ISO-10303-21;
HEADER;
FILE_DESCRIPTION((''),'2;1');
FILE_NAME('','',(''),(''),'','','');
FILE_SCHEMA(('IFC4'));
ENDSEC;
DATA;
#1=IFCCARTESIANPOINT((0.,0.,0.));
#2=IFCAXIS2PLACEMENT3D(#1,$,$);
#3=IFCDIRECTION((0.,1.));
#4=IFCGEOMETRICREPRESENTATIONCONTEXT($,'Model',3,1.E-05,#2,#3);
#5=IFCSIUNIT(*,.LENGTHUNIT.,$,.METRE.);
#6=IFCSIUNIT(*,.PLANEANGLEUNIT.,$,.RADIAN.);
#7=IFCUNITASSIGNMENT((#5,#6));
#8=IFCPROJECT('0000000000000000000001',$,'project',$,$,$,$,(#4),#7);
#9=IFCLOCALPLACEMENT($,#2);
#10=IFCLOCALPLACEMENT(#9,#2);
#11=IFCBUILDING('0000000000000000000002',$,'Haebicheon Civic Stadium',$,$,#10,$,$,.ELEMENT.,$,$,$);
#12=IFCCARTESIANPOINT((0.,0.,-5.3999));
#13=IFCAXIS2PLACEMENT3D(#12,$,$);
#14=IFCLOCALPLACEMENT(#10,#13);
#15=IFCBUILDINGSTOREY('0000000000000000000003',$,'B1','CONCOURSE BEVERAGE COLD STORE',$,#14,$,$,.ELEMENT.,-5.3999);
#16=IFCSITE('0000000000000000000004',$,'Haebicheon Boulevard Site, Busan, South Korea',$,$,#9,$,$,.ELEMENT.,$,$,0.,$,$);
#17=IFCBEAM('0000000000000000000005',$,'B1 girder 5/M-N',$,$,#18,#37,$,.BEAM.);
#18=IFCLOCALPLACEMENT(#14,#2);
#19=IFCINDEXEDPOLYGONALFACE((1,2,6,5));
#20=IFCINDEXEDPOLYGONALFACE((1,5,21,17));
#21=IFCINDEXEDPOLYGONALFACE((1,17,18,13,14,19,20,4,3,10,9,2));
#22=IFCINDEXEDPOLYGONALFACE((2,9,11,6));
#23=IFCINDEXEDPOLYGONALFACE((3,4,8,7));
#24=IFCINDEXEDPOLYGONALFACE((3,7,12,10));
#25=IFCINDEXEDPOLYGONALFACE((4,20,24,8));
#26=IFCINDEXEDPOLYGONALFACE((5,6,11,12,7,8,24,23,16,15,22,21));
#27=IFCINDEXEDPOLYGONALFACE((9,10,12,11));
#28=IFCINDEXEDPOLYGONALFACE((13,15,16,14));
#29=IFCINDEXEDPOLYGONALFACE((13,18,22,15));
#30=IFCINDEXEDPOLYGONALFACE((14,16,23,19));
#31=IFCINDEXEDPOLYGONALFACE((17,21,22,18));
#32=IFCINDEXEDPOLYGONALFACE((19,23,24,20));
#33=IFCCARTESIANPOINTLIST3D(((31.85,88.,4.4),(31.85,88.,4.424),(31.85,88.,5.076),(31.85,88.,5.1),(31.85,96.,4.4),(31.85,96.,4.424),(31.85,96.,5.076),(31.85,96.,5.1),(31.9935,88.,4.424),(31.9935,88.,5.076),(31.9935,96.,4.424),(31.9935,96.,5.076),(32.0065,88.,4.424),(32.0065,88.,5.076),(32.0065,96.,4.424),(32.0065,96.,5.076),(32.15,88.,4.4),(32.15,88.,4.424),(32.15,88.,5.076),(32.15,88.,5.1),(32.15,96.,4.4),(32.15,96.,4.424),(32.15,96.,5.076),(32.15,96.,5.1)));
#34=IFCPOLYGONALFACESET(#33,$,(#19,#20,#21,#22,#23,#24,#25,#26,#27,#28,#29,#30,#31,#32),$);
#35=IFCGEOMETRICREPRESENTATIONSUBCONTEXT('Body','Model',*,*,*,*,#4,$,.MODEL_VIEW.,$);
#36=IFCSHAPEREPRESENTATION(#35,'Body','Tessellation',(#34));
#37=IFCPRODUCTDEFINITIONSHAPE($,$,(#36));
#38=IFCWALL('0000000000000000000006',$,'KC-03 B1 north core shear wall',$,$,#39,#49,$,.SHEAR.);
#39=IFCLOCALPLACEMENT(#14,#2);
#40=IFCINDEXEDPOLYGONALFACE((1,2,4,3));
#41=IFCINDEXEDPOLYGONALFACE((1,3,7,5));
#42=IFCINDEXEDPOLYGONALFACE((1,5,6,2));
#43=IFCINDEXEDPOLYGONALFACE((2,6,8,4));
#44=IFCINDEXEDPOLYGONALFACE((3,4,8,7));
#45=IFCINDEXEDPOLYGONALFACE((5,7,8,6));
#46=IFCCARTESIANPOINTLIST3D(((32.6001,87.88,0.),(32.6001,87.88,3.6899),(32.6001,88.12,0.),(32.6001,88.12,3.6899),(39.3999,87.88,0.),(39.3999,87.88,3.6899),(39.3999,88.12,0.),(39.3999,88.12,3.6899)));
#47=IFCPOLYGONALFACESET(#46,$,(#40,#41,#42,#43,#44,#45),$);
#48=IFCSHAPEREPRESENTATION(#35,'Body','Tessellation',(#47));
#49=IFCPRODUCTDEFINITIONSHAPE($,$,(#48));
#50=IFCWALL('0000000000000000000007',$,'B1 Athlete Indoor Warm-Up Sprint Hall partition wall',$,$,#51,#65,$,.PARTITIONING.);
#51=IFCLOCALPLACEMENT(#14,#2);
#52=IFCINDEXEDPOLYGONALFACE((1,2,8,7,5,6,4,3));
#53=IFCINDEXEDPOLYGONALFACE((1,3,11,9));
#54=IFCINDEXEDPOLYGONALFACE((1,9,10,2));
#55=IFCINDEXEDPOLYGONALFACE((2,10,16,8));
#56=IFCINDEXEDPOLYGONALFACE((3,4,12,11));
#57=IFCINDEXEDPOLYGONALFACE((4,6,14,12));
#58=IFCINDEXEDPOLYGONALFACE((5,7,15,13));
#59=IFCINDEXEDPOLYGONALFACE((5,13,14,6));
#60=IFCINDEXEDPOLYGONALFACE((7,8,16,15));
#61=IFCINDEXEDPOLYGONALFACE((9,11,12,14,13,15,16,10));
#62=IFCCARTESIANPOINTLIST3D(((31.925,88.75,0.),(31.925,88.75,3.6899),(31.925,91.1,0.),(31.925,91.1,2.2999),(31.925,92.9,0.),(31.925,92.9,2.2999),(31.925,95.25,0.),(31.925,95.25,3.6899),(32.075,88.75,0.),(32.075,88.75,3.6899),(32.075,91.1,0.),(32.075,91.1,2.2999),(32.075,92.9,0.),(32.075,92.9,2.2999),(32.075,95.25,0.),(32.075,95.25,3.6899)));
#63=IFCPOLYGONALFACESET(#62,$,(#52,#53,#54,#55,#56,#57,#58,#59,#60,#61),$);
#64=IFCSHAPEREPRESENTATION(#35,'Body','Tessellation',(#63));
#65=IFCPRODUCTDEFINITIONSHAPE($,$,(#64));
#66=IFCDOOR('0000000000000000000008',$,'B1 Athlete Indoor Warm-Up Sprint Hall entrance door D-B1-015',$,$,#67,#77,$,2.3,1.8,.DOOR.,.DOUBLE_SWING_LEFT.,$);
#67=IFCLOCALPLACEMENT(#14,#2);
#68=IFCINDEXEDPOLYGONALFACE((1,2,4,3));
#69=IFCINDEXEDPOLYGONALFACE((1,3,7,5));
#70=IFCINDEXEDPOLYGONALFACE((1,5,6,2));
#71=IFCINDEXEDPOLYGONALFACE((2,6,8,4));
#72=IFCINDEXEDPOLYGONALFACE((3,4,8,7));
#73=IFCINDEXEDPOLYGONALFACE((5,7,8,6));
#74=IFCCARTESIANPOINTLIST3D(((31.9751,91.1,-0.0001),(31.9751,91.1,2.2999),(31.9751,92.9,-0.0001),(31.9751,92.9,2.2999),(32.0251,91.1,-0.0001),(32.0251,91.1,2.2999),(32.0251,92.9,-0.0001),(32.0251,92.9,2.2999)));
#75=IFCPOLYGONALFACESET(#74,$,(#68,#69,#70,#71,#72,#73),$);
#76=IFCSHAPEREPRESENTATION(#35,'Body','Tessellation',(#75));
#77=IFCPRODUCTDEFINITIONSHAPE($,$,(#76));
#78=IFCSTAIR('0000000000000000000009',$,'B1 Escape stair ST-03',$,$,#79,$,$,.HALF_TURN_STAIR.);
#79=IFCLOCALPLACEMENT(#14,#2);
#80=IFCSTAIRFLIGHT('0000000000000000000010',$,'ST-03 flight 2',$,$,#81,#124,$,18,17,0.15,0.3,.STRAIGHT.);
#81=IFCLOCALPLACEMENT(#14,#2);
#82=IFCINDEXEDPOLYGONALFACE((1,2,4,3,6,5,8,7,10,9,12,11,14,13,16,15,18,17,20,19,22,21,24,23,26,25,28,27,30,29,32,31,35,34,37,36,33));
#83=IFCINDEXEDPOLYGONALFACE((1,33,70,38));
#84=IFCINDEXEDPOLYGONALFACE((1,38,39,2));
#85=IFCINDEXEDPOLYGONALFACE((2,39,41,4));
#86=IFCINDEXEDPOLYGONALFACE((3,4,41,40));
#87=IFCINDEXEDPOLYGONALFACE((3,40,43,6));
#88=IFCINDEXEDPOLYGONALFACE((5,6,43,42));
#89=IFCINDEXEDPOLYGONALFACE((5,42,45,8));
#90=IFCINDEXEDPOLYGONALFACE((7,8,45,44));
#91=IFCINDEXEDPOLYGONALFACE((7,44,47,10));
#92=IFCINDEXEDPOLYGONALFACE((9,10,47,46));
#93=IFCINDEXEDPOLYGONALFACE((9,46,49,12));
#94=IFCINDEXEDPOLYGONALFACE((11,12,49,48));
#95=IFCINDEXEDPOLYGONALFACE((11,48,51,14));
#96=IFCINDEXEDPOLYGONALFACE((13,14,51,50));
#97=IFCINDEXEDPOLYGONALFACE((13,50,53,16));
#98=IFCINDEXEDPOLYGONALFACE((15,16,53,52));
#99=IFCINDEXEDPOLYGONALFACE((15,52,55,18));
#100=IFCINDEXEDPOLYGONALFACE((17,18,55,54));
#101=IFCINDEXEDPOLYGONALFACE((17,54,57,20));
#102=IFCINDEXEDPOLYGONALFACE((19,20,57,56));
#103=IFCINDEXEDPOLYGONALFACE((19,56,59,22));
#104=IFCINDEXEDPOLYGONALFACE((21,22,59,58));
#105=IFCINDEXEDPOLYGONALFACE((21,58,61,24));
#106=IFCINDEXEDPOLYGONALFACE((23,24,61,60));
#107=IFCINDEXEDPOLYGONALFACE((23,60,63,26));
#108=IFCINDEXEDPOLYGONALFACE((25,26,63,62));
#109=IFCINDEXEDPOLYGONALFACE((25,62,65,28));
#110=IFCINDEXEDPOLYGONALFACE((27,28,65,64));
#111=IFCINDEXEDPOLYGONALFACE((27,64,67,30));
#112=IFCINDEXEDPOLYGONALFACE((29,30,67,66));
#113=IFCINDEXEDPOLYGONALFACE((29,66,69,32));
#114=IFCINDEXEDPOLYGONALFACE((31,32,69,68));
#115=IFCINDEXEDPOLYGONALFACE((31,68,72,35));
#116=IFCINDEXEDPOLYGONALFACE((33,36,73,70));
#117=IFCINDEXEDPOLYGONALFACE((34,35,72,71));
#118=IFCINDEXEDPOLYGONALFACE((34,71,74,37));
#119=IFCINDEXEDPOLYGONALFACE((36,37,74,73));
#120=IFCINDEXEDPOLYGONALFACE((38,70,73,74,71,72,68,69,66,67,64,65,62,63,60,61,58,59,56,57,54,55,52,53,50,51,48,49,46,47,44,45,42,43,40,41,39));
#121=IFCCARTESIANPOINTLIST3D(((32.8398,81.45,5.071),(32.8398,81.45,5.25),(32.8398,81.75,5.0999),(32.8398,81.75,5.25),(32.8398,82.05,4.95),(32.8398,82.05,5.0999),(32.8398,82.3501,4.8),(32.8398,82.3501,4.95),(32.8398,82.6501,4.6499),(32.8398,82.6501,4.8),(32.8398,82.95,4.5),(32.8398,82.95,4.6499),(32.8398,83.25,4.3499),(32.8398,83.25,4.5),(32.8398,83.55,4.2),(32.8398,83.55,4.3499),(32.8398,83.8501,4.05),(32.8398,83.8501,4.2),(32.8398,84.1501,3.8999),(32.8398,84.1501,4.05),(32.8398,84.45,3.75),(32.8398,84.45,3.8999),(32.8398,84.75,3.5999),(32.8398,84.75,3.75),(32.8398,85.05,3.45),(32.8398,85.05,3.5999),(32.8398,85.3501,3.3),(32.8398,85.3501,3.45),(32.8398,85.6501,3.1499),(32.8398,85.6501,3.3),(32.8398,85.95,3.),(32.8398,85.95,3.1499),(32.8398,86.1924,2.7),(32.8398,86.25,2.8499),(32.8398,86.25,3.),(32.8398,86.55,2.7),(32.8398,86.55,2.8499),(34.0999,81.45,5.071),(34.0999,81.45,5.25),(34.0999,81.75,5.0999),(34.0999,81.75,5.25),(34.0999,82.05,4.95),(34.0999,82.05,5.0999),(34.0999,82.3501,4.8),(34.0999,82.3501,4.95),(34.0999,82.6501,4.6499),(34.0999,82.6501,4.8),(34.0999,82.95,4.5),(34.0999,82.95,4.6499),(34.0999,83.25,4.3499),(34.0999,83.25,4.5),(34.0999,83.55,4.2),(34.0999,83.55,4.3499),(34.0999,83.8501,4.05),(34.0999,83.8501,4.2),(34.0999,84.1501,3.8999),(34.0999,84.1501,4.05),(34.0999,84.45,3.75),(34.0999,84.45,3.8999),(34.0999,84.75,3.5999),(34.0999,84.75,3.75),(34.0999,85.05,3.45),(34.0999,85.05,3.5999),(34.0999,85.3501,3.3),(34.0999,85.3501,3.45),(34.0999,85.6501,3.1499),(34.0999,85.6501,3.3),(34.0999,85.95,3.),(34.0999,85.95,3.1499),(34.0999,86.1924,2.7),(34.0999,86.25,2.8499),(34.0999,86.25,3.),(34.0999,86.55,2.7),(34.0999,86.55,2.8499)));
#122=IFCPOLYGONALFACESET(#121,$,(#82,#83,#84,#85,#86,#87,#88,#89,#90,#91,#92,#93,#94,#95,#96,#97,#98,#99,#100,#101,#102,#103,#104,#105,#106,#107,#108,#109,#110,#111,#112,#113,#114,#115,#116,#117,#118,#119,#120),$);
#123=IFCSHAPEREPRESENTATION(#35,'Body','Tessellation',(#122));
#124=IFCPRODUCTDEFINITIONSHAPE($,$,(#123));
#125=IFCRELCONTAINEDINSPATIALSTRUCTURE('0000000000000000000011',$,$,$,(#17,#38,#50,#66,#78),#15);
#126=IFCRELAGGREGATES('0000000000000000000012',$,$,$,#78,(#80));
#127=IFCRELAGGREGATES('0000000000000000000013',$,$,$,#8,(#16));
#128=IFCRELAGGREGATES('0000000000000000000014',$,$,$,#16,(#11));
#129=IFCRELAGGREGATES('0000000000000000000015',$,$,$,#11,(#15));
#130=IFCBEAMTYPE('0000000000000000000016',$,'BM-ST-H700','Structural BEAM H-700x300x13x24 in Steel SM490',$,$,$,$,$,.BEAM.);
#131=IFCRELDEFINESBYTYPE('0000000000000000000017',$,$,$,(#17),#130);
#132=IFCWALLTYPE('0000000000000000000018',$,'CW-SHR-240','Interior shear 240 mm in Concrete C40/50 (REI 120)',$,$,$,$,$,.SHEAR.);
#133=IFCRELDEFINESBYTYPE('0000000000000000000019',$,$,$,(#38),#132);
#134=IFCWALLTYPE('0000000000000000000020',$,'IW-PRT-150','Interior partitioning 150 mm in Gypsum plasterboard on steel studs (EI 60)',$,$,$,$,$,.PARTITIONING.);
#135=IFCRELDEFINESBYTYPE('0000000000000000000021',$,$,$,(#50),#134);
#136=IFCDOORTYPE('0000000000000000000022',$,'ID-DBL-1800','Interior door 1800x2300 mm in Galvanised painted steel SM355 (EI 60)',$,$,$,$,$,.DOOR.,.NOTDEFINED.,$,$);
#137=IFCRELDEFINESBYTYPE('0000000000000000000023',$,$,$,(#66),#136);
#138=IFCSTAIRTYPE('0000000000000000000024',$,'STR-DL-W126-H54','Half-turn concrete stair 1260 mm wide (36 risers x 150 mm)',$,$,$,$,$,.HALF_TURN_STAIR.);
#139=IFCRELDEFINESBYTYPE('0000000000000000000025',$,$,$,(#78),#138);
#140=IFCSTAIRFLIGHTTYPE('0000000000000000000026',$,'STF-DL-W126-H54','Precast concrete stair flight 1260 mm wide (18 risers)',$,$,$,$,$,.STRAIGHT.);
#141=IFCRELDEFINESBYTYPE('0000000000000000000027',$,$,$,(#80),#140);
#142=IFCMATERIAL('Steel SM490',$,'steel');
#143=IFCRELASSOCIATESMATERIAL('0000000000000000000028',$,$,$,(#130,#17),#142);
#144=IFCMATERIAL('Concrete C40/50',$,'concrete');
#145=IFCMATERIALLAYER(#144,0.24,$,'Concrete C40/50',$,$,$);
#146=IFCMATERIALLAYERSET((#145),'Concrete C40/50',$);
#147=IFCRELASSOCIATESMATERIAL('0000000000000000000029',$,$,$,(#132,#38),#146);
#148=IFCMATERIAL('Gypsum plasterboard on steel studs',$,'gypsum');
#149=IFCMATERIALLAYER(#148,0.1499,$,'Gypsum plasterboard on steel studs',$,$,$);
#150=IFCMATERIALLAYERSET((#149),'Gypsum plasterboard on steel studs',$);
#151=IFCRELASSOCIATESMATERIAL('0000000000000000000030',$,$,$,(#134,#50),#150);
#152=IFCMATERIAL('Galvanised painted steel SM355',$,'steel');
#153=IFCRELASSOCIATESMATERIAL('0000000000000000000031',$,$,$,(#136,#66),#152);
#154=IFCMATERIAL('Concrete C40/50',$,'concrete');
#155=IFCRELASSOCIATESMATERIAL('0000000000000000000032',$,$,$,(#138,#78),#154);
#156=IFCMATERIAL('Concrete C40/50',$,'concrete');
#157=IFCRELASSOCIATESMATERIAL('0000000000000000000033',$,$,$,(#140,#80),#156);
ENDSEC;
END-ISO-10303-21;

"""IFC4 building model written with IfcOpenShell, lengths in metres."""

from ifc_helpers import new_model, si_unit, direction, frame, frame_2d, origin, origin_2d, place, context, subcontext, project, spatial, polyline, rectangle, i_section, outline, extrude, material, layer, layer_set, material_profile, profile_set, type_object, element, fill, aggregate, save


model = new_model("IFC4")

# Units and contexts
model_context = context("Model", 3, precision=1e-05, world=origin(), true_north=direction((0.0, 1.0)))
body_context = subcontext(model_context, "Body", "Model", "MODEL_VIEW")
ifc_project = project(units=[si_unit("LENGTHUNIT", "METRE"), si_unit("PLANEANGLEUNIT", "RADIAN")], contexts=[model_context])

# Site, building, storey
site_placement = place(None, origin())
site = spatial("IfcSite", under=ifc_project, at=site_placement, Name="Haebicheon Boulevard Site, Busan, South Korea", CompositionType="ELEMENT", RefElevation=0.0)
building_placement = place(site_placement, origin())
building = spatial("IfcBuilding", under=site, at=building_placement, Name="Haebicheon Civic Stadium", CompositionType="ELEMENT")
storey_placement = place(building_placement, frame((0.0, 0.0, -5.3999)))
storey = spatial("IfcBuildingStorey", under=building, at=storey_placement, Name="B1", Description="CONCOURSE BEVERAGE COLD STORE", CompositionType="ELEMENT", Elevation=-5.3999)

# Beam
ifc_material_1 = material(Name="Steel SM490", Category="steel")
ifc_material_profile_1 = material_profile(ifc_material_1, i_section(OverallWidth=0.3, OverallDepth=0.7, WebThickness=0.0129, FlangeThickness=0.0239, at=origin_2d()), Name="H-700x300x13x24")
ifc_profile_set_1 = profile_set([ifc_material_profile_1], Name="Steel SM490")
beam_type_1 = type_object("IfcBeamType", Name="BM-ST-H700", Description="Structural BEAM H-700x300x13x24 in Steel SM490", PredefinedType="BEAM", material=ifc_profile_set_1)
beam_1_placement = place(storey_placement, frame((32.0, 88.0, 4.75), z_axis=(0.0, 1.0, 0.0), x_axis=(-1.0, 0.0, 0.0)))
element("IfcBeam", 1, at=beam_1_placement, inside=storey, type_object=beam_type_1, material=ifc_profile_set_1, Name="B1 girder 5/M-N", PredefinedType="BEAM", context=body_context, shape_type="SweptSolid", body=[
    extrude(i_section(OverallWidth=0.3, OverallDepth=0.7, WebThickness=0.0129, FlangeThickness=0.0239, at=origin_2d()), origin(), (0.0, 0.0, 1.0), 8.0),
])

# Wall
ifc_material_2 = material(Name="Concrete C40/50", Category="concrete")
ifc_layer_1 = layer(ifc_material_2, 0.24, Name="Concrete C40/50")
ifc_layer_set_1 = layer_set([ifc_layer_1], Name="Concrete C40/50")
wall_type_1 = type_object("IfcWallType", Name="CW-SHR-240", Description="Interior shear 240 mm in Concrete C40/50 (REI 120)", PredefinedType="SHEAR", material=ifc_layer_set_1)
wall_1_placement = place(storey_placement, frame((32.6001, 88.0, 0.0), z_axis=(0.0, 0.0, 1.0), x_axis=(1.0, 0.0, 0.0)))
element("IfcWall", 2, at=wall_1_placement, inside=storey, type_object=wall_type_1, material=ifc_layer_set_1, Name="KC-03 B1 north core shear wall", PredefinedType="SHEAR", context=body_context, shape_type="SweptSolid", body=[
    extrude(rectangle(XDim=6.7998, YDim=0.24, at=frame_2d((3.3999, 0.0))), origin(), (0.0, 0.0, 1.0), 3.6899),
])

# Wall, opening, door
ifc_material_3 = material(Name="Gypsum plasterboard on steel studs", Category="gypsum")
ifc_layer_2 = layer(ifc_material_3, 0.1499, Name="Gypsum plasterboard on steel studs")
ifc_layer_set_2 = layer_set([ifc_layer_2], Name="Gypsum plasterboard on steel studs")
wall_type_2 = type_object("IfcWallType", Name="IW-PRT-150", Description="Interior partitioning 150 mm in Gypsum plasterboard on steel studs (EI 60)", PredefinedType="PARTITIONING", material=ifc_layer_set_2)
wall_2_placement = place(storey_placement, frame((32.0, 88.75, 0.0), z_axis=(0.0, 0.0, 1.0), x_axis=(0.0, 1.0, 0.0)))
wall_2 = element("IfcWall", 3, at=wall_2_placement, inside=storey, type_object=wall_type_2, material=ifc_layer_set_2, Name="B1 Athlete Indoor Warm-Up Sprint Hall partition wall", PredefinedType="PARTITIONING", context=body_context, shape_type="SweptSolid", body=[
    extrude(rectangle(XDim=6.5, YDim=0.1499, at=frame_2d((3.25, 0.0))), origin(), (0.0, 0.0, 1.0), 3.6899),
])
opening_placement = place(wall_2_placement, frame((2.3501, 0.0, 0.0)))
opening = element("IfcOpeningElement", 4, at=opening_placement, cuts=wall_2, PredefinedType="OPENING", context=body_context, shape_type="SweptSolid", body=[
    extrude(rectangle(XDim=1.8, YDim=2.3, at=frame_2d((0.8999, 1.1499))), frame((0.0, 0.085, 0.0), z_axis=(0.0, -1.0, 0.0), x_axis=(1.0, 0.0, 0.0)), (0.0, 0.0, 1.0), 0.1699),
])
ifc_material_4 = material(Name="Galvanised painted steel SM355", Category="steel")
door_type = type_object("IfcDoorType", Name="ID-DBL-1800", Description="Interior door 1800x2300 mm in Galvanised painted steel SM355 (EI 60)", OperationType="NOTDEFINED", PredefinedType="DOOR", material=ifc_material_4)
door_placement = place(opening_placement, origin())
door = element("IfcDoor", 5, at=door_placement, inside=storey, type_object=door_type, material=ifc_material_4, Name="B1 Athlete Indoor Warm-Up Sprint Hall entrance door D-B1-015", OperationType="DOUBLE_SWING_LEFT", OverallHeight=2.3, OverallWidth=1.8, PredefinedType="DOOR", context=body_context, shape_type="SweptSolid", body=[
    extrude(rectangle(XDim=1.8, YDim=2.3, at=frame_2d((0.8999, 1.1499))), frame((0.0, 0.0249, 0.0), z_axis=(0.0, -1.0, 0.0), x_axis=(1.0, 0.0, 0.0)), (0.0, 0.0, 1.0), 0.05),
])
fill(opening, door)

# Stair, stair flight
ifc_material_5 = material(Name="Concrete C40/50", Category="concrete")
stair_type = type_object("IfcStairType", Name="STR-DL-W126-H54", Description="Half-turn concrete stair 1260 mm wide (36 risers x 150 mm)", PredefinedType="HALF_TURN_STAIR", material=ifc_material_5)
stair_placement = place(storey_placement, origin())
stair = element("IfcStair", 6, at=stair_placement, inside=storey, type_object=stair_type, material=ifc_material_5, Name="B1 Escape stair ST-03", PredefinedType="HALF_TURN_STAIR")
ifc_material_6 = material(Name="Concrete C40/50", Category="concrete")
stair_flight_type = type_object("IfcStairFlightType", Name="STF-DL-W126-H54", Description="Precast concrete stair flight 1260 mm wide (18 risers)", PredefinedType="STRAIGHT", material=ifc_material_6)
stair_flight_placement = place(storey_placement, frame((33.47, 86.55, 2.7), z_axis=(0.0, 0.0, 1.0), x_axis=(0.0, -1.0, 0.0)))
stair_flight = element("IfcStairFlight", 7, at=stair_flight_placement, type_object=stair_flight_type, material=ifc_material_6, Name="ST-03 flight 2", NumberOfRisers=18, NumberOfTreads=17, PredefinedType="STRAIGHT", RiserHeight=0.15, TreadLength=0.3, context=body_context, shape_type="SweptSolid", body=[
    extrude(outline(polyline([(0.0, 0.0), (0.0, 0.1499), (0.3, 0.1499), (0.3, 0.3), (0.6001, 0.3), (0.6001, 0.45), (0.8999, 0.45), (0.8999, 0.6001), (1.2, 0.6001), (1.2, 0.75), (1.5, 0.75), (1.5, 0.8999), (1.8, 0.8999), (1.8, 1.05), (2.1001, 1.05), (2.1001, 1.2), (2.3999, 1.2), (2.3999, 1.3501), (2.7, 1.3501), (2.7, 1.5), (3.0, 1.5), (3.0, 1.6499), (3.3, 1.6499), (3.3, 1.8), (3.6001, 1.8), (3.6001, 1.95), (3.8999, 1.95), (3.8999, 2.1001), (4.2, 2.1001), (4.2, 2.25), (4.5, 2.25), (4.5, 2.3999), (4.8, 2.3999), (4.8, 2.55), (5.1001, 2.55), (5.1001, 2.7), (5.1001, 2.3711), (0.3577, 0.0), (0.0, 0.0)])), frame((0.0, 0.6299, 0.0), z_axis=(0.0, -1.0, 0.0), x_axis=(1.0, 0.0, 0.0)), (0.0, 0.0, 1.0), 1.26),
])
aggregate(stair, [stair_flight])

save(model, "model.ifc")
